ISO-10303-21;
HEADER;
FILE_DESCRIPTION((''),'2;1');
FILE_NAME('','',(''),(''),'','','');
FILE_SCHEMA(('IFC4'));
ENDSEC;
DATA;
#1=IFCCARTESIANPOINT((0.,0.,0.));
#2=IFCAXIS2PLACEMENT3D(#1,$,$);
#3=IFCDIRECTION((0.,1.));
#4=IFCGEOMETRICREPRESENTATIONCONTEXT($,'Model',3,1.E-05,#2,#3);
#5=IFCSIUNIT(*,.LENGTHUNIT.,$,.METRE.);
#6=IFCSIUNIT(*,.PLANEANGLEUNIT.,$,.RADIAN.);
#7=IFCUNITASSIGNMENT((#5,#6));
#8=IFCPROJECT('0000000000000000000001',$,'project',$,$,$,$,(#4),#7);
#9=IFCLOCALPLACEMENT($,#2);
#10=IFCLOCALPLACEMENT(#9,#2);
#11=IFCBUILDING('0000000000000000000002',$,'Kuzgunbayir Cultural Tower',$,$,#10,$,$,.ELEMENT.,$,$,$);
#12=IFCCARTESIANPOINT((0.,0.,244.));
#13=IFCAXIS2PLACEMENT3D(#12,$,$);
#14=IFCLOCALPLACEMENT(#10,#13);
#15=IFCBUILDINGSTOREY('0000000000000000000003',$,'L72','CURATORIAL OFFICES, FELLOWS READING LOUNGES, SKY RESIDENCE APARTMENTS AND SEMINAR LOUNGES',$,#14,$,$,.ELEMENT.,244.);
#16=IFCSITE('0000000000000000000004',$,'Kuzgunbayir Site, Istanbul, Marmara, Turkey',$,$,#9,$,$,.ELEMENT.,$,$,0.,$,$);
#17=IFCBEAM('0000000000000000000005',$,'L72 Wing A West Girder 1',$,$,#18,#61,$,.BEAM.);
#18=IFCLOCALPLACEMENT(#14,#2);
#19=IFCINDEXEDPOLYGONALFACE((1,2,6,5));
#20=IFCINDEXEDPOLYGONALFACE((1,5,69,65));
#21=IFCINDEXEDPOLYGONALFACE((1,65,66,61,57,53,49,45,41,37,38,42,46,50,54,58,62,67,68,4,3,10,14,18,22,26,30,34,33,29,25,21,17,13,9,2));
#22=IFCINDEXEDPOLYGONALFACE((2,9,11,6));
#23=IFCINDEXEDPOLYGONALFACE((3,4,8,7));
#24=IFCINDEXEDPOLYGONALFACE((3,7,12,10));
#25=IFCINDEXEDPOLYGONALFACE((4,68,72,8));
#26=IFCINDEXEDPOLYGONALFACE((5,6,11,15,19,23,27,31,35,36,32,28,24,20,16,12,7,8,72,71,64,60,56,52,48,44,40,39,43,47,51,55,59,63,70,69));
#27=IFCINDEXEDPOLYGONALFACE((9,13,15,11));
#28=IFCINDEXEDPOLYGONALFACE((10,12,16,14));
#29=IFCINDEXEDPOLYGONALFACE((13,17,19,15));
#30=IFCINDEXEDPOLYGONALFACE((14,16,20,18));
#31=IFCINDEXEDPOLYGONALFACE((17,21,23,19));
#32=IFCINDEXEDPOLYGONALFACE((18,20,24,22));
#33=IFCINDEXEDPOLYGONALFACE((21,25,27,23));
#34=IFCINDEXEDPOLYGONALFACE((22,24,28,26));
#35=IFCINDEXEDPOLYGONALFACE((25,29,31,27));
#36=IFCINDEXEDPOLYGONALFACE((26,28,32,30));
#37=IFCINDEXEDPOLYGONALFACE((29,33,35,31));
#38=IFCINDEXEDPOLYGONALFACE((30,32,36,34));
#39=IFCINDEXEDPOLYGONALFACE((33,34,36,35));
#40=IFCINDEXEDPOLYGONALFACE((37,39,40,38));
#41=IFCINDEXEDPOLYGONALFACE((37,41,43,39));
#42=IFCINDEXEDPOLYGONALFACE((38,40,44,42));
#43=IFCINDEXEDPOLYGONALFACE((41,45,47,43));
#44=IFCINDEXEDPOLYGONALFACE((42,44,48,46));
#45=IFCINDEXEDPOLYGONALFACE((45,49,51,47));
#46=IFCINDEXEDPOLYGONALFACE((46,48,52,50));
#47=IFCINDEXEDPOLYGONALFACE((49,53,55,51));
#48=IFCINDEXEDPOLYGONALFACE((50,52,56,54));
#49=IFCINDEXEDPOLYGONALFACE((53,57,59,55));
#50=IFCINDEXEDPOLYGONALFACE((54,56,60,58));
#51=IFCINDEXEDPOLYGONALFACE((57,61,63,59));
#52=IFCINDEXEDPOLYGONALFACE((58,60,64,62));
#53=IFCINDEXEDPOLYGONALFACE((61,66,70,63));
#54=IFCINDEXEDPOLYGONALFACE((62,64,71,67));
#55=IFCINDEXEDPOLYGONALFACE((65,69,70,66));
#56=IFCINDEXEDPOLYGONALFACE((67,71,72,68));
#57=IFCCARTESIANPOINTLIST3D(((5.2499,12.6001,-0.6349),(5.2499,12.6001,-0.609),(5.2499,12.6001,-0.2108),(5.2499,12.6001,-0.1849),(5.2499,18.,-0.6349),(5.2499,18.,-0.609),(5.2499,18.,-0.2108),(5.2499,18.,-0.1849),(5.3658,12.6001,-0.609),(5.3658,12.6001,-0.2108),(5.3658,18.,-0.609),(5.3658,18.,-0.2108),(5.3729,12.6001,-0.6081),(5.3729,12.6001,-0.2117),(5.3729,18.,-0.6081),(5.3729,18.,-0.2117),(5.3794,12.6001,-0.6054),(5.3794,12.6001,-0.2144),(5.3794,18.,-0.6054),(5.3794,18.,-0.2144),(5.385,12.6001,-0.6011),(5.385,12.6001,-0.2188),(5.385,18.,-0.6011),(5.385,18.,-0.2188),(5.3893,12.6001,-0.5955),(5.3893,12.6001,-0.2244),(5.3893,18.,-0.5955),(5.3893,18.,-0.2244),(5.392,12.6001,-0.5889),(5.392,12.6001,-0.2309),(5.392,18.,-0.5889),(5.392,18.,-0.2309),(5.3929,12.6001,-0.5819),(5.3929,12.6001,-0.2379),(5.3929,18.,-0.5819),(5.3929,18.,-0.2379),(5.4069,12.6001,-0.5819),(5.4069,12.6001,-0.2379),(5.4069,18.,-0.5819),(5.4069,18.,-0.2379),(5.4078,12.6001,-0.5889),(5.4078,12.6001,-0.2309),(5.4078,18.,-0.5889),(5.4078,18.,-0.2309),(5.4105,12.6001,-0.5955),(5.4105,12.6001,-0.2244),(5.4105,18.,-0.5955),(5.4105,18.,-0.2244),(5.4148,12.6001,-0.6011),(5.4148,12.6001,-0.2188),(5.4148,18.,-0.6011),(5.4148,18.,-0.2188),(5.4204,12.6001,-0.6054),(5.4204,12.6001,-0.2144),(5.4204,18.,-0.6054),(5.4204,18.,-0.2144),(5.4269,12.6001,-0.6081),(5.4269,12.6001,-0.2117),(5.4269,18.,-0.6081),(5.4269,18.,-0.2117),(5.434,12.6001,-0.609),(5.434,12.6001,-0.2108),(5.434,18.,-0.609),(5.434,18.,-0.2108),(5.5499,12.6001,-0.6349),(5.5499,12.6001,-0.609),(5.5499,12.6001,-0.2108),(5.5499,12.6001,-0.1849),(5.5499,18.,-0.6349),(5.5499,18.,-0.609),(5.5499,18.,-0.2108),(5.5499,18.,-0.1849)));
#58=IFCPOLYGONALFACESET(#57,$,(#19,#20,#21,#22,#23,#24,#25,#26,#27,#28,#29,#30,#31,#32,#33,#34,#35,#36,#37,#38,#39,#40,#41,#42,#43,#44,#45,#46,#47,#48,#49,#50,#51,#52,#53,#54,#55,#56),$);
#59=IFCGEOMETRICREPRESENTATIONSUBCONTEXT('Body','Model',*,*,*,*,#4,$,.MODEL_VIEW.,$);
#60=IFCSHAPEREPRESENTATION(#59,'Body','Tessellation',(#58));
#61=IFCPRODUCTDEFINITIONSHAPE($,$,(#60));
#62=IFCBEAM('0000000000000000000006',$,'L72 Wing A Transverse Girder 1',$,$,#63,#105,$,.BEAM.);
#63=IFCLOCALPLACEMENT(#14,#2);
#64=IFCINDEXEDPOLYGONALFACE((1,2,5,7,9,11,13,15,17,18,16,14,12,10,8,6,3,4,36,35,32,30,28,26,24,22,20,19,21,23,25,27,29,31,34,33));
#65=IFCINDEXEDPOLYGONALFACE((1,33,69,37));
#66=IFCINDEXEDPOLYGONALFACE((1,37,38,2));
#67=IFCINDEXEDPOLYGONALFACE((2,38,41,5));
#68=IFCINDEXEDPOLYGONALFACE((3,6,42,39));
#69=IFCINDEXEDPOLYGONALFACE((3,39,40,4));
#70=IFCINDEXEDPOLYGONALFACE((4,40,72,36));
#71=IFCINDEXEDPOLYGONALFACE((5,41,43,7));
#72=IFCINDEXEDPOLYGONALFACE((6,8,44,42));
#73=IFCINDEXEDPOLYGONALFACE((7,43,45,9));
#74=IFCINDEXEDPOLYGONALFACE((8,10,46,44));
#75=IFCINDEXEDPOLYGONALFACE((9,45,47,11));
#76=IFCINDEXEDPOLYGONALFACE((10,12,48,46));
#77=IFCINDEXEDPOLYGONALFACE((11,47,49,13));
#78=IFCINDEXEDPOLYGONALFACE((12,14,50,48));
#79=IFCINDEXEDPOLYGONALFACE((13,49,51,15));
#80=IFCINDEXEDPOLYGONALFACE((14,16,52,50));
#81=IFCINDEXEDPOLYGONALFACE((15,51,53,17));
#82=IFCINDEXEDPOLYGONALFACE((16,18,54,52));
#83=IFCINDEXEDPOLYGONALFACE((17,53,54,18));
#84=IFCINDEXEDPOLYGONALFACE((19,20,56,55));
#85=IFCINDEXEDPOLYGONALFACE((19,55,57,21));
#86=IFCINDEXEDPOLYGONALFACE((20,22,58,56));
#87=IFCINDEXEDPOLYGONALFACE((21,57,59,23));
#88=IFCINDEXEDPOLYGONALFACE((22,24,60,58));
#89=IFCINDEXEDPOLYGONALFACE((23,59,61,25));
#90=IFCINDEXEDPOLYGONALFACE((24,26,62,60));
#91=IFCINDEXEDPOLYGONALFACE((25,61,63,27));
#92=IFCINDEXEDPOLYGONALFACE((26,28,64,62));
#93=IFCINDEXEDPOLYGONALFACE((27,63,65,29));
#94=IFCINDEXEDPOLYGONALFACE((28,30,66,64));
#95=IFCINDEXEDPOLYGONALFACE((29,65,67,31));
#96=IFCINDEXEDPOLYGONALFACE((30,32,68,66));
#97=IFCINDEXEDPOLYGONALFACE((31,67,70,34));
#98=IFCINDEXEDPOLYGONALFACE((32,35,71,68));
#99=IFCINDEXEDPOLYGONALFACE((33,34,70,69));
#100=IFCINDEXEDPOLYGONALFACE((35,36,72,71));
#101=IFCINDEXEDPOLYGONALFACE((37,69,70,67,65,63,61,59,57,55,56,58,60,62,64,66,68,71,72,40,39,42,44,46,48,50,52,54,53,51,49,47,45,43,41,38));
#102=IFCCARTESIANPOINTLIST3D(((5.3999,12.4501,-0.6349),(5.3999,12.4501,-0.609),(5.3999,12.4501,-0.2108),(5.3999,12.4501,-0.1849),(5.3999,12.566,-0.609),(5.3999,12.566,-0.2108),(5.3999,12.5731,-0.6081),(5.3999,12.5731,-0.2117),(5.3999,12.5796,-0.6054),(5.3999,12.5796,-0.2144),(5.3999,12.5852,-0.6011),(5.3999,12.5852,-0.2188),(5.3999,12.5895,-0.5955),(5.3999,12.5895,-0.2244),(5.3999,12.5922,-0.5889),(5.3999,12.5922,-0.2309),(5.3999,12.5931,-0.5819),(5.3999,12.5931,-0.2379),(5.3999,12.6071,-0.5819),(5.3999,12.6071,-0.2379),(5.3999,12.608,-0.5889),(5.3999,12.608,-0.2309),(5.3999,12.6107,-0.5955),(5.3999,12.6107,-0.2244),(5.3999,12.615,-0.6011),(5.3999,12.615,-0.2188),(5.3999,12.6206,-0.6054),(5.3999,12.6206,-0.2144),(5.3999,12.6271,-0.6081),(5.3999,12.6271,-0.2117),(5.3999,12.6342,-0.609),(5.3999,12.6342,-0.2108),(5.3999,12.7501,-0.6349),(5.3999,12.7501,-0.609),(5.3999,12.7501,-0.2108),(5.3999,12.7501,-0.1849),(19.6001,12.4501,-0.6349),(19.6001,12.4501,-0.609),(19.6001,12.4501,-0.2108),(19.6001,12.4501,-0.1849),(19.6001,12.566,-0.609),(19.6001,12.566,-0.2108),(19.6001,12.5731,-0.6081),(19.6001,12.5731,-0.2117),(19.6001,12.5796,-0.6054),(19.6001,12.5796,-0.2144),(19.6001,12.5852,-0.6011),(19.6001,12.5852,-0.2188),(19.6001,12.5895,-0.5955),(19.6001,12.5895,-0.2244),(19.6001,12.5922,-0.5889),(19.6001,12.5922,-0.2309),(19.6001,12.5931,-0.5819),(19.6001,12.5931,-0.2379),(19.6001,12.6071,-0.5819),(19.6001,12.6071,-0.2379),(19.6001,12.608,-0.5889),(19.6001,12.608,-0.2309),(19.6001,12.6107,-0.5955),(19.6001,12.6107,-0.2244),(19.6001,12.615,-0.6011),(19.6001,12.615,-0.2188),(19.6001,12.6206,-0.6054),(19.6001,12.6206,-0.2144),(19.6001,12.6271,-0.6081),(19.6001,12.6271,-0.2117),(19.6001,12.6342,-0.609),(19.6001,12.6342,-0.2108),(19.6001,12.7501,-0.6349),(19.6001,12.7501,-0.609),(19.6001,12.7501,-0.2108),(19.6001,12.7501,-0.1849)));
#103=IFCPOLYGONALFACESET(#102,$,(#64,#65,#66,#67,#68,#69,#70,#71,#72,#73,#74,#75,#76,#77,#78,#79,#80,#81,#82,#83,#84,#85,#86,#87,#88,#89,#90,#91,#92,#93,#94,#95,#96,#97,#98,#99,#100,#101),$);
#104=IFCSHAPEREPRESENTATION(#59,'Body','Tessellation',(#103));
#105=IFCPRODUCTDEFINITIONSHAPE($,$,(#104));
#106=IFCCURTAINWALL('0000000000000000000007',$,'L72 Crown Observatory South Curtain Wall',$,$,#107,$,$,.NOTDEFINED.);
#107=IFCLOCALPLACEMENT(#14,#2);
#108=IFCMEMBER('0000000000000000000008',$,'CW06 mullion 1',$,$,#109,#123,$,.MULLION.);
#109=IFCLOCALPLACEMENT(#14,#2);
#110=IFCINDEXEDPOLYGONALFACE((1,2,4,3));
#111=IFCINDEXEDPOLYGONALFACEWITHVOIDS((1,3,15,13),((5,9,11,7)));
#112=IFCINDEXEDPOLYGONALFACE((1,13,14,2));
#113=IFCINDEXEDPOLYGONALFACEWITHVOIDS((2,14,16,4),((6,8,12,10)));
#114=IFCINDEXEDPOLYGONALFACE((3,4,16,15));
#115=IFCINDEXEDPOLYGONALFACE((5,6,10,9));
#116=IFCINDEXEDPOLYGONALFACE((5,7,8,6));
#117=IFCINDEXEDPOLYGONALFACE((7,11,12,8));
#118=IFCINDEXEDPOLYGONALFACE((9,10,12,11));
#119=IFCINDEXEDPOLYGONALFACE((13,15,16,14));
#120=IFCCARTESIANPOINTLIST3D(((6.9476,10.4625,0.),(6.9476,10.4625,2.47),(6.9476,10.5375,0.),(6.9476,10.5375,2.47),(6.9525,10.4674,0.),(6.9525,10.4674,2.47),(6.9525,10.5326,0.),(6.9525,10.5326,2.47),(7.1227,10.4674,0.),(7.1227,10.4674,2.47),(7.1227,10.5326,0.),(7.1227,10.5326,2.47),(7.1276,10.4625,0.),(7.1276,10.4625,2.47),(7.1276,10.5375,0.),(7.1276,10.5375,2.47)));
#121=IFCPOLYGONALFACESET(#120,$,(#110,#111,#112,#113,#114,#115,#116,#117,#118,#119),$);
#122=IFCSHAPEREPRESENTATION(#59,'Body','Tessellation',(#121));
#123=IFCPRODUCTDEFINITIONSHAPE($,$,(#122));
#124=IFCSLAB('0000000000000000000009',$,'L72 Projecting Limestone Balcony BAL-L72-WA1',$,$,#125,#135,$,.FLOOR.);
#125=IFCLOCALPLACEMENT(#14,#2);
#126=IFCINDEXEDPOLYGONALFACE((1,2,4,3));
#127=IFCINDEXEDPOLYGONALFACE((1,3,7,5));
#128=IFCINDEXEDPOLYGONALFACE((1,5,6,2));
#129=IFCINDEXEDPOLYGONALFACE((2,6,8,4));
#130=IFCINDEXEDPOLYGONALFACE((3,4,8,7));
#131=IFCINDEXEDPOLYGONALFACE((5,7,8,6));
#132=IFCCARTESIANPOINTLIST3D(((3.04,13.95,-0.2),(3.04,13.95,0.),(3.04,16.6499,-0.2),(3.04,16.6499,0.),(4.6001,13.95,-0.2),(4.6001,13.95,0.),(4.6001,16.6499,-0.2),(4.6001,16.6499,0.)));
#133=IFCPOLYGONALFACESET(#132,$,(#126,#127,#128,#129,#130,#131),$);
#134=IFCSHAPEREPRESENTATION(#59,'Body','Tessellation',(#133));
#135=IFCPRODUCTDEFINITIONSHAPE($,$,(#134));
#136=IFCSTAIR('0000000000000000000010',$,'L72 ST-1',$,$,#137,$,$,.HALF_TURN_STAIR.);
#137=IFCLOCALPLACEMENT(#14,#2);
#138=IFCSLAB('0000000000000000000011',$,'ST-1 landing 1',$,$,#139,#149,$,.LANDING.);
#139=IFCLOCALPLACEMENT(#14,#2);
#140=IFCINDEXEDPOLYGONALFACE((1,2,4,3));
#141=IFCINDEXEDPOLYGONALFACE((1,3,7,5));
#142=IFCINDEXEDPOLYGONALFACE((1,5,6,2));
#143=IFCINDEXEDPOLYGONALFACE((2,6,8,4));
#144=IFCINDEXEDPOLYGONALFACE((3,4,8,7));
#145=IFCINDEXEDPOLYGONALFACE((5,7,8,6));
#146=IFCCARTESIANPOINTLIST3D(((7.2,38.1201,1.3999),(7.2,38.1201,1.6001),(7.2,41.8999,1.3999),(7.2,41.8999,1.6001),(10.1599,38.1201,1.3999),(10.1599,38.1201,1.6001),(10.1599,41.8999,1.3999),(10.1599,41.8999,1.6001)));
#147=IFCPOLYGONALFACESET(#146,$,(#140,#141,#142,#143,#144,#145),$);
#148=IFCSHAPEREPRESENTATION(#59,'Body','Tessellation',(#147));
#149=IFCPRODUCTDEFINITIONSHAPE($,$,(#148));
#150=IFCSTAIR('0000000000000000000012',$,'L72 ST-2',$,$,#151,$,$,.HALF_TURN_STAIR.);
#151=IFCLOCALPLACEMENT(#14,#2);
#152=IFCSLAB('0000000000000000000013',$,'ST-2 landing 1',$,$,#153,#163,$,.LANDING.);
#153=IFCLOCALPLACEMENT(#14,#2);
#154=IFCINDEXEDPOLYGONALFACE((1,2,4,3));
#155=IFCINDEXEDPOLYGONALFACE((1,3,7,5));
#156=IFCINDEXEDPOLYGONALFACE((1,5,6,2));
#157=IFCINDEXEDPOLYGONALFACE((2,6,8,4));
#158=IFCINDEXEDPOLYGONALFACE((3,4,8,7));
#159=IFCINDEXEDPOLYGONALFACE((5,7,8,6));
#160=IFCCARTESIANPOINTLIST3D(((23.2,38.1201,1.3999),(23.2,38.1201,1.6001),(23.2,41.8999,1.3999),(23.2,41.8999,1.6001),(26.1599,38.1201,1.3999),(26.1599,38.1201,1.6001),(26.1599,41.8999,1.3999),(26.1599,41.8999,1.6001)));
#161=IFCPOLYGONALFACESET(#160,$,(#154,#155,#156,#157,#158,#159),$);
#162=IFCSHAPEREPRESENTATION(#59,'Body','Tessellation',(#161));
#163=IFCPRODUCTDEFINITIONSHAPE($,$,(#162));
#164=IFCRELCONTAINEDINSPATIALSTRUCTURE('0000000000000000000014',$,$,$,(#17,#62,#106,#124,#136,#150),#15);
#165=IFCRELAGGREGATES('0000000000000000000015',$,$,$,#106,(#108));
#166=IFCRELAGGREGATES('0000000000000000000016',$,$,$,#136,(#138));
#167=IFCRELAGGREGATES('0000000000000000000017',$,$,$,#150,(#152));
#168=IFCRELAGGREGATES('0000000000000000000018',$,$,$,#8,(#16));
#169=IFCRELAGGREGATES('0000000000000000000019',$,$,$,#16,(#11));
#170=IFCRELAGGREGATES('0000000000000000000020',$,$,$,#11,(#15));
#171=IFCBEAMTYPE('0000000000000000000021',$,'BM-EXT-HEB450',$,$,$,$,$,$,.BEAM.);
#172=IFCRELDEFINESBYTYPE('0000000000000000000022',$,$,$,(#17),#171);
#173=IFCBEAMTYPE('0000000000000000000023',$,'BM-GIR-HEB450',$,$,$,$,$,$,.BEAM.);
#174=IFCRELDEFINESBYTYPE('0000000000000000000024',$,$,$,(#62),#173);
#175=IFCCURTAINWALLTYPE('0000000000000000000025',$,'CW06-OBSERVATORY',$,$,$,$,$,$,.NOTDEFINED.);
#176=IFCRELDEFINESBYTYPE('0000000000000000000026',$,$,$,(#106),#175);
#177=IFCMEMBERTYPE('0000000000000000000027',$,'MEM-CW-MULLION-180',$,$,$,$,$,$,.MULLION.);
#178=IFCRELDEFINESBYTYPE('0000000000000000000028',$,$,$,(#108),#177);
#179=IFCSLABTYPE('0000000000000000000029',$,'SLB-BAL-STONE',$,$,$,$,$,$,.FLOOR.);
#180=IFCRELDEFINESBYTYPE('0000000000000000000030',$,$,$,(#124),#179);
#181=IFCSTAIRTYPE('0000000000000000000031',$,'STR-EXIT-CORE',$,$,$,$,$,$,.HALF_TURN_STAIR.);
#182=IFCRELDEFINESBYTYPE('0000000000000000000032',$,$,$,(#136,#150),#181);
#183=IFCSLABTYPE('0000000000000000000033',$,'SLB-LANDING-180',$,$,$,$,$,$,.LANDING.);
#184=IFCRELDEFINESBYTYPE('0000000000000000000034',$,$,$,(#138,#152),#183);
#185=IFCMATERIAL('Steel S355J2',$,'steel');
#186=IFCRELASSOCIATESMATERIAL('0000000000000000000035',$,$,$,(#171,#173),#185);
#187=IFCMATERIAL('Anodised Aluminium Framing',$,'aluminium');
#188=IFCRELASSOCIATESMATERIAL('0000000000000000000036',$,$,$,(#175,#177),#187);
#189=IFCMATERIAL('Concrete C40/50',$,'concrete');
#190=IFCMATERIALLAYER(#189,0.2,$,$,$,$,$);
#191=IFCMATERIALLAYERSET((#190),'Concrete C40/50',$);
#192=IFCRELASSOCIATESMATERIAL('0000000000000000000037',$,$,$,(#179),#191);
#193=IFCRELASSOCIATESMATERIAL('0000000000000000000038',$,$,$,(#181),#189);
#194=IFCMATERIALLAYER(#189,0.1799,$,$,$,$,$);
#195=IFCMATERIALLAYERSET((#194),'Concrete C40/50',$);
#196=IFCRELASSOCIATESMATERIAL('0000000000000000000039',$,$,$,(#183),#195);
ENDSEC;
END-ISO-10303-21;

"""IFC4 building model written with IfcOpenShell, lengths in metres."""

from ifc_helpers import new_model, si_unit, direction, frame, origin, origin_2d, place, context, subcontext, project, spatial, polyline, hollow_rectangle, i_section, outline, extrude, material, layer, layer_set, material_profile, profile_set, type_object, element, aggregate, save


model = new_model("IFC4")

# Units and contexts
model_context = context("Model", 3, precision=1e-05, world=origin(), true_north=direction((0.0, 1.0)))
body_context = subcontext(model_context, "Body", "Model", "MODEL_VIEW")
ifc_project = project(units=[si_unit("LENGTHUNIT", "METRE"), si_unit("PLANEANGLEUNIT", "RADIAN")], contexts=[model_context])

# Site, building, storey
site_placement = place(None, origin())
site = spatial("IfcSite", under=ifc_project, at=site_placement, Name="Kuzgunbayir Site, Istanbul, Marmara, Turkey", CompositionType="ELEMENT", RefElevation=0.0)
building_placement = place(site_placement, origin())
building = spatial("IfcBuilding", under=site, at=building_placement, Name="Kuzgunbayir Cultural Tower", CompositionType="ELEMENT")
storey_placement = place(building_placement, frame((0.0, 0.0, 244.0)))
storey = spatial("IfcBuildingStorey", under=building, at=storey_placement, Name="L72", Description="CURATORIAL OFFICES, FELLOWS READING LOUNGES, SKY RESIDENCE APARTMENTS AND SEMINAR LOUNGES", CompositionType="ELEMENT", Elevation=244.0)

# Beams
ifc_material_1 = material(Name="Steel S355J2", Category="steel")
ifc_material_profile_1 = material_profile(ifc_material_1, i_section(OverallWidth=0.3, OverallDepth=0.45, WebThickness=0.0139, FlangeThickness=0.0259, FilletRadius=0.0271, at=origin_2d()), Name="HEB 450")
ifc_profile_set_1 = profile_set([ifc_material_profile_1], Name="Steel S355J2")
beam_type_1 = type_object("IfcBeamType", Name="BM-EXT-HEB450", PredefinedType="BEAM", material=ifc_profile_set_1)
beam_1_placement = place(storey_placement, frame((5.3999, 12.6001, -0.4099), z_axis=(0.0, 1.0, 0.0), x_axis=(-1.0, 0.0, 0.0)))
element("IfcBeam", 1, at=beam_1_placement, inside=storey, type_object=beam_type_1, Name="L72 Wing A West Girder 1", PredefinedType="BEAM", context=body_context, shape_type="SweptSolid", body=[
    extrude(i_section(OverallWidth=0.3, OverallDepth=0.45, WebThickness=0.0139, FlangeThickness=0.0259, FilletRadius=0.0271, at=origin_2d()), origin(), (0.0, 0.0, 1.0), 5.3999),
])
ifc_material_profile_2 = material_profile(ifc_material_1, i_section(OverallWidth=0.3, OverallDepth=0.45, WebThickness=0.0139, FlangeThickness=0.0259, FilletRadius=0.0271, at=origin_2d()), Name="HEB 450")
ifc_profile_set_2 = profile_set([ifc_material_profile_2], Name="Steel S355J2")
beam_type_2 = type_object("IfcBeamType", Name="BM-GIR-HEB450", PredefinedType="BEAM", material=ifc_profile_set_2)
beam_2_placement = place(storey_placement, frame((5.3999, 12.6001, -0.4099), z_axis=(1.0, 0.0, 0.0), x_axis=(0.0, 1.0, 0.0)))
element("IfcBeam", 2, at=beam_2_placement, inside=storey, type_object=beam_type_2, Name="L72 Wing A Transverse Girder 1", PredefinedType="BEAM", context=body_context, shape_type="SweptSolid", body=[
    extrude(i_section(OverallWidth=0.3, OverallDepth=0.45, WebThickness=0.0139, FlangeThickness=0.0259, FilletRadius=0.0271, at=origin_2d()), origin(), (0.0, 0.0, 1.0), 14.2002),
])

# Curtain wall, member
ifc_material_2 = material(Name="Anodised Aluminium Framing", Category="aluminium")
curtain_wall_type = type_object("IfcCurtainWallType", Name="CW06-OBSERVATORY", PredefinedType="NOTDEFINED", material=ifc_material_2)
curtain_wall_placement = place(storey_placement, origin())
curtain_wall = element("IfcCurtainWall", 3, at=curtain_wall_placement, inside=storey, type_object=curtain_wall_type, Name="L72 Crown Observatory South Curtain Wall", PredefinedType="NOTDEFINED")
ifc_material_profile_3 = material_profile(ifc_material_2, hollow_rectangle(XDim=0.075, YDim=0.1799, WallThickness=0.0049, at=origin_2d()), Name="RHS 180x75x5")
ifc_profile_set_3 = profile_set([ifc_material_profile_3], Name="Anodised Aluminium Framing")
member_type = type_object("IfcMemberType", Name="MEM-CW-MULLION-180", PredefinedType="MULLION", material=ifc_profile_set_3)
member_placement = place(storey_placement, frame((7.0376, 10.5, 0.0), z_axis=(0.0, 0.0, 1.0), x_axis=(0.0, 1.0, 0.0)))
member = element("IfcMember", 4, at=member_placement, type_object=member_type, Name="CW06 mullion 1", PredefinedType="MULLION", context=body_context, shape_type="SweptSolid", body=[
    extrude(hollow_rectangle(XDim=0.075, YDim=0.1799, WallThickness=0.0049, at=origin_2d()), origin(), (0.0, 0.0, 1.0), 2.47),
])
aggregate(curtain_wall, [member])

# Slab
ifc_material_3 = material(Name="Concrete C40/50", Category="concrete")
ifc_layer_1 = layer(ifc_material_3, 0.2)
ifc_layer_set_1 = layer_set([ifc_layer_1], Name="Concrete C40/50")
slab_type_1 = type_object("IfcSlabType", Name="SLB-BAL-STONE", PredefinedType="FLOOR", material=ifc_layer_set_1)
slab_1_placement = place(storey_placement, frame((0.0, 0.0, -0.2)))
element("IfcSlab", 5, at=slab_1_placement, inside=storey, type_object=slab_type_1, Name="L72 Projecting Limestone Balcony BAL-L72-WA1", PredefinedType="FLOOR", context=body_context, shape_type="SweptSolid", body=[
    extrude(outline(polyline([(3.04, 13.95), (4.6001, 13.95), (4.6001, 16.6499), (3.04, 16.6499), (3.04, 13.95)])), origin(), (0.0, 0.0, 1.0), 0.2),
])

# Stairs, slabs
stair_type = type_object("IfcStairType", Name="STR-EXIT-CORE", PredefinedType="HALF_TURN_STAIR", material=ifc_material_3)
stair_1_placement = place(storey_placement, origin())
stair_1 = element("IfcStair", 6, at=stair_1_placement, inside=storey, type_object=stair_type, Name="L72 ST-1", PredefinedType="HALF_TURN_STAIR")
ifc_layer_2 = layer(ifc_material_3, 0.1799)
ifc_layer_set_2 = layer_set([ifc_layer_2], Name="Concrete C40/50")
slab_type_2 = type_object("IfcSlabType", Name="SLB-LANDING-180", PredefinedType="LANDING", material=ifc_layer_set_2)
slab_2_placement = place(storey_placement, frame((0.0, 0.0, 1.3999)))
slab_2 = element("IfcSlab", 7, at=slab_2_placement, type_object=slab_type_2, Name="ST-1 landing 1", PredefinedType="LANDING", context=body_context, shape_type="SweptSolid", body=[
    extrude(outline(polyline([(10.1599, 38.1201), (10.1599, 41.8999), (7.2, 41.8999), (7.2, 38.1201), (10.1599, 38.1201)])), origin(), (0.0, 0.0, 1.0), 0.2002),
])
aggregate(stair_1, [slab_2])
stair_2_placement = place(storey_placement, origin())
stair_2 = element("IfcStair", 8, at=stair_2_placement, inside=storey, type_object=stair_type, Name="L72 ST-2", PredefinedType="HALF_TURN_STAIR")
slab_3_placement = place(storey_placement, frame((0.0, 0.0, 1.3999)))
slab_3 = element("IfcSlab", 9, at=slab_3_placement, type_object=slab_type_2, Name="ST-2 landing 1", PredefinedType="LANDING", context=body_context, shape_type="SweptSolid", body=[
    extrude(outline(polyline([(26.1599, 38.1201), (26.1599, 41.8999), (23.2, 41.8999), (23.2, 38.1201), (26.1599, 38.1201)])), origin(), (0.0, 0.0, 1.0), 0.2002),
])
aggregate(stair_2, [slab_3])

save(model, "model.ifc")
